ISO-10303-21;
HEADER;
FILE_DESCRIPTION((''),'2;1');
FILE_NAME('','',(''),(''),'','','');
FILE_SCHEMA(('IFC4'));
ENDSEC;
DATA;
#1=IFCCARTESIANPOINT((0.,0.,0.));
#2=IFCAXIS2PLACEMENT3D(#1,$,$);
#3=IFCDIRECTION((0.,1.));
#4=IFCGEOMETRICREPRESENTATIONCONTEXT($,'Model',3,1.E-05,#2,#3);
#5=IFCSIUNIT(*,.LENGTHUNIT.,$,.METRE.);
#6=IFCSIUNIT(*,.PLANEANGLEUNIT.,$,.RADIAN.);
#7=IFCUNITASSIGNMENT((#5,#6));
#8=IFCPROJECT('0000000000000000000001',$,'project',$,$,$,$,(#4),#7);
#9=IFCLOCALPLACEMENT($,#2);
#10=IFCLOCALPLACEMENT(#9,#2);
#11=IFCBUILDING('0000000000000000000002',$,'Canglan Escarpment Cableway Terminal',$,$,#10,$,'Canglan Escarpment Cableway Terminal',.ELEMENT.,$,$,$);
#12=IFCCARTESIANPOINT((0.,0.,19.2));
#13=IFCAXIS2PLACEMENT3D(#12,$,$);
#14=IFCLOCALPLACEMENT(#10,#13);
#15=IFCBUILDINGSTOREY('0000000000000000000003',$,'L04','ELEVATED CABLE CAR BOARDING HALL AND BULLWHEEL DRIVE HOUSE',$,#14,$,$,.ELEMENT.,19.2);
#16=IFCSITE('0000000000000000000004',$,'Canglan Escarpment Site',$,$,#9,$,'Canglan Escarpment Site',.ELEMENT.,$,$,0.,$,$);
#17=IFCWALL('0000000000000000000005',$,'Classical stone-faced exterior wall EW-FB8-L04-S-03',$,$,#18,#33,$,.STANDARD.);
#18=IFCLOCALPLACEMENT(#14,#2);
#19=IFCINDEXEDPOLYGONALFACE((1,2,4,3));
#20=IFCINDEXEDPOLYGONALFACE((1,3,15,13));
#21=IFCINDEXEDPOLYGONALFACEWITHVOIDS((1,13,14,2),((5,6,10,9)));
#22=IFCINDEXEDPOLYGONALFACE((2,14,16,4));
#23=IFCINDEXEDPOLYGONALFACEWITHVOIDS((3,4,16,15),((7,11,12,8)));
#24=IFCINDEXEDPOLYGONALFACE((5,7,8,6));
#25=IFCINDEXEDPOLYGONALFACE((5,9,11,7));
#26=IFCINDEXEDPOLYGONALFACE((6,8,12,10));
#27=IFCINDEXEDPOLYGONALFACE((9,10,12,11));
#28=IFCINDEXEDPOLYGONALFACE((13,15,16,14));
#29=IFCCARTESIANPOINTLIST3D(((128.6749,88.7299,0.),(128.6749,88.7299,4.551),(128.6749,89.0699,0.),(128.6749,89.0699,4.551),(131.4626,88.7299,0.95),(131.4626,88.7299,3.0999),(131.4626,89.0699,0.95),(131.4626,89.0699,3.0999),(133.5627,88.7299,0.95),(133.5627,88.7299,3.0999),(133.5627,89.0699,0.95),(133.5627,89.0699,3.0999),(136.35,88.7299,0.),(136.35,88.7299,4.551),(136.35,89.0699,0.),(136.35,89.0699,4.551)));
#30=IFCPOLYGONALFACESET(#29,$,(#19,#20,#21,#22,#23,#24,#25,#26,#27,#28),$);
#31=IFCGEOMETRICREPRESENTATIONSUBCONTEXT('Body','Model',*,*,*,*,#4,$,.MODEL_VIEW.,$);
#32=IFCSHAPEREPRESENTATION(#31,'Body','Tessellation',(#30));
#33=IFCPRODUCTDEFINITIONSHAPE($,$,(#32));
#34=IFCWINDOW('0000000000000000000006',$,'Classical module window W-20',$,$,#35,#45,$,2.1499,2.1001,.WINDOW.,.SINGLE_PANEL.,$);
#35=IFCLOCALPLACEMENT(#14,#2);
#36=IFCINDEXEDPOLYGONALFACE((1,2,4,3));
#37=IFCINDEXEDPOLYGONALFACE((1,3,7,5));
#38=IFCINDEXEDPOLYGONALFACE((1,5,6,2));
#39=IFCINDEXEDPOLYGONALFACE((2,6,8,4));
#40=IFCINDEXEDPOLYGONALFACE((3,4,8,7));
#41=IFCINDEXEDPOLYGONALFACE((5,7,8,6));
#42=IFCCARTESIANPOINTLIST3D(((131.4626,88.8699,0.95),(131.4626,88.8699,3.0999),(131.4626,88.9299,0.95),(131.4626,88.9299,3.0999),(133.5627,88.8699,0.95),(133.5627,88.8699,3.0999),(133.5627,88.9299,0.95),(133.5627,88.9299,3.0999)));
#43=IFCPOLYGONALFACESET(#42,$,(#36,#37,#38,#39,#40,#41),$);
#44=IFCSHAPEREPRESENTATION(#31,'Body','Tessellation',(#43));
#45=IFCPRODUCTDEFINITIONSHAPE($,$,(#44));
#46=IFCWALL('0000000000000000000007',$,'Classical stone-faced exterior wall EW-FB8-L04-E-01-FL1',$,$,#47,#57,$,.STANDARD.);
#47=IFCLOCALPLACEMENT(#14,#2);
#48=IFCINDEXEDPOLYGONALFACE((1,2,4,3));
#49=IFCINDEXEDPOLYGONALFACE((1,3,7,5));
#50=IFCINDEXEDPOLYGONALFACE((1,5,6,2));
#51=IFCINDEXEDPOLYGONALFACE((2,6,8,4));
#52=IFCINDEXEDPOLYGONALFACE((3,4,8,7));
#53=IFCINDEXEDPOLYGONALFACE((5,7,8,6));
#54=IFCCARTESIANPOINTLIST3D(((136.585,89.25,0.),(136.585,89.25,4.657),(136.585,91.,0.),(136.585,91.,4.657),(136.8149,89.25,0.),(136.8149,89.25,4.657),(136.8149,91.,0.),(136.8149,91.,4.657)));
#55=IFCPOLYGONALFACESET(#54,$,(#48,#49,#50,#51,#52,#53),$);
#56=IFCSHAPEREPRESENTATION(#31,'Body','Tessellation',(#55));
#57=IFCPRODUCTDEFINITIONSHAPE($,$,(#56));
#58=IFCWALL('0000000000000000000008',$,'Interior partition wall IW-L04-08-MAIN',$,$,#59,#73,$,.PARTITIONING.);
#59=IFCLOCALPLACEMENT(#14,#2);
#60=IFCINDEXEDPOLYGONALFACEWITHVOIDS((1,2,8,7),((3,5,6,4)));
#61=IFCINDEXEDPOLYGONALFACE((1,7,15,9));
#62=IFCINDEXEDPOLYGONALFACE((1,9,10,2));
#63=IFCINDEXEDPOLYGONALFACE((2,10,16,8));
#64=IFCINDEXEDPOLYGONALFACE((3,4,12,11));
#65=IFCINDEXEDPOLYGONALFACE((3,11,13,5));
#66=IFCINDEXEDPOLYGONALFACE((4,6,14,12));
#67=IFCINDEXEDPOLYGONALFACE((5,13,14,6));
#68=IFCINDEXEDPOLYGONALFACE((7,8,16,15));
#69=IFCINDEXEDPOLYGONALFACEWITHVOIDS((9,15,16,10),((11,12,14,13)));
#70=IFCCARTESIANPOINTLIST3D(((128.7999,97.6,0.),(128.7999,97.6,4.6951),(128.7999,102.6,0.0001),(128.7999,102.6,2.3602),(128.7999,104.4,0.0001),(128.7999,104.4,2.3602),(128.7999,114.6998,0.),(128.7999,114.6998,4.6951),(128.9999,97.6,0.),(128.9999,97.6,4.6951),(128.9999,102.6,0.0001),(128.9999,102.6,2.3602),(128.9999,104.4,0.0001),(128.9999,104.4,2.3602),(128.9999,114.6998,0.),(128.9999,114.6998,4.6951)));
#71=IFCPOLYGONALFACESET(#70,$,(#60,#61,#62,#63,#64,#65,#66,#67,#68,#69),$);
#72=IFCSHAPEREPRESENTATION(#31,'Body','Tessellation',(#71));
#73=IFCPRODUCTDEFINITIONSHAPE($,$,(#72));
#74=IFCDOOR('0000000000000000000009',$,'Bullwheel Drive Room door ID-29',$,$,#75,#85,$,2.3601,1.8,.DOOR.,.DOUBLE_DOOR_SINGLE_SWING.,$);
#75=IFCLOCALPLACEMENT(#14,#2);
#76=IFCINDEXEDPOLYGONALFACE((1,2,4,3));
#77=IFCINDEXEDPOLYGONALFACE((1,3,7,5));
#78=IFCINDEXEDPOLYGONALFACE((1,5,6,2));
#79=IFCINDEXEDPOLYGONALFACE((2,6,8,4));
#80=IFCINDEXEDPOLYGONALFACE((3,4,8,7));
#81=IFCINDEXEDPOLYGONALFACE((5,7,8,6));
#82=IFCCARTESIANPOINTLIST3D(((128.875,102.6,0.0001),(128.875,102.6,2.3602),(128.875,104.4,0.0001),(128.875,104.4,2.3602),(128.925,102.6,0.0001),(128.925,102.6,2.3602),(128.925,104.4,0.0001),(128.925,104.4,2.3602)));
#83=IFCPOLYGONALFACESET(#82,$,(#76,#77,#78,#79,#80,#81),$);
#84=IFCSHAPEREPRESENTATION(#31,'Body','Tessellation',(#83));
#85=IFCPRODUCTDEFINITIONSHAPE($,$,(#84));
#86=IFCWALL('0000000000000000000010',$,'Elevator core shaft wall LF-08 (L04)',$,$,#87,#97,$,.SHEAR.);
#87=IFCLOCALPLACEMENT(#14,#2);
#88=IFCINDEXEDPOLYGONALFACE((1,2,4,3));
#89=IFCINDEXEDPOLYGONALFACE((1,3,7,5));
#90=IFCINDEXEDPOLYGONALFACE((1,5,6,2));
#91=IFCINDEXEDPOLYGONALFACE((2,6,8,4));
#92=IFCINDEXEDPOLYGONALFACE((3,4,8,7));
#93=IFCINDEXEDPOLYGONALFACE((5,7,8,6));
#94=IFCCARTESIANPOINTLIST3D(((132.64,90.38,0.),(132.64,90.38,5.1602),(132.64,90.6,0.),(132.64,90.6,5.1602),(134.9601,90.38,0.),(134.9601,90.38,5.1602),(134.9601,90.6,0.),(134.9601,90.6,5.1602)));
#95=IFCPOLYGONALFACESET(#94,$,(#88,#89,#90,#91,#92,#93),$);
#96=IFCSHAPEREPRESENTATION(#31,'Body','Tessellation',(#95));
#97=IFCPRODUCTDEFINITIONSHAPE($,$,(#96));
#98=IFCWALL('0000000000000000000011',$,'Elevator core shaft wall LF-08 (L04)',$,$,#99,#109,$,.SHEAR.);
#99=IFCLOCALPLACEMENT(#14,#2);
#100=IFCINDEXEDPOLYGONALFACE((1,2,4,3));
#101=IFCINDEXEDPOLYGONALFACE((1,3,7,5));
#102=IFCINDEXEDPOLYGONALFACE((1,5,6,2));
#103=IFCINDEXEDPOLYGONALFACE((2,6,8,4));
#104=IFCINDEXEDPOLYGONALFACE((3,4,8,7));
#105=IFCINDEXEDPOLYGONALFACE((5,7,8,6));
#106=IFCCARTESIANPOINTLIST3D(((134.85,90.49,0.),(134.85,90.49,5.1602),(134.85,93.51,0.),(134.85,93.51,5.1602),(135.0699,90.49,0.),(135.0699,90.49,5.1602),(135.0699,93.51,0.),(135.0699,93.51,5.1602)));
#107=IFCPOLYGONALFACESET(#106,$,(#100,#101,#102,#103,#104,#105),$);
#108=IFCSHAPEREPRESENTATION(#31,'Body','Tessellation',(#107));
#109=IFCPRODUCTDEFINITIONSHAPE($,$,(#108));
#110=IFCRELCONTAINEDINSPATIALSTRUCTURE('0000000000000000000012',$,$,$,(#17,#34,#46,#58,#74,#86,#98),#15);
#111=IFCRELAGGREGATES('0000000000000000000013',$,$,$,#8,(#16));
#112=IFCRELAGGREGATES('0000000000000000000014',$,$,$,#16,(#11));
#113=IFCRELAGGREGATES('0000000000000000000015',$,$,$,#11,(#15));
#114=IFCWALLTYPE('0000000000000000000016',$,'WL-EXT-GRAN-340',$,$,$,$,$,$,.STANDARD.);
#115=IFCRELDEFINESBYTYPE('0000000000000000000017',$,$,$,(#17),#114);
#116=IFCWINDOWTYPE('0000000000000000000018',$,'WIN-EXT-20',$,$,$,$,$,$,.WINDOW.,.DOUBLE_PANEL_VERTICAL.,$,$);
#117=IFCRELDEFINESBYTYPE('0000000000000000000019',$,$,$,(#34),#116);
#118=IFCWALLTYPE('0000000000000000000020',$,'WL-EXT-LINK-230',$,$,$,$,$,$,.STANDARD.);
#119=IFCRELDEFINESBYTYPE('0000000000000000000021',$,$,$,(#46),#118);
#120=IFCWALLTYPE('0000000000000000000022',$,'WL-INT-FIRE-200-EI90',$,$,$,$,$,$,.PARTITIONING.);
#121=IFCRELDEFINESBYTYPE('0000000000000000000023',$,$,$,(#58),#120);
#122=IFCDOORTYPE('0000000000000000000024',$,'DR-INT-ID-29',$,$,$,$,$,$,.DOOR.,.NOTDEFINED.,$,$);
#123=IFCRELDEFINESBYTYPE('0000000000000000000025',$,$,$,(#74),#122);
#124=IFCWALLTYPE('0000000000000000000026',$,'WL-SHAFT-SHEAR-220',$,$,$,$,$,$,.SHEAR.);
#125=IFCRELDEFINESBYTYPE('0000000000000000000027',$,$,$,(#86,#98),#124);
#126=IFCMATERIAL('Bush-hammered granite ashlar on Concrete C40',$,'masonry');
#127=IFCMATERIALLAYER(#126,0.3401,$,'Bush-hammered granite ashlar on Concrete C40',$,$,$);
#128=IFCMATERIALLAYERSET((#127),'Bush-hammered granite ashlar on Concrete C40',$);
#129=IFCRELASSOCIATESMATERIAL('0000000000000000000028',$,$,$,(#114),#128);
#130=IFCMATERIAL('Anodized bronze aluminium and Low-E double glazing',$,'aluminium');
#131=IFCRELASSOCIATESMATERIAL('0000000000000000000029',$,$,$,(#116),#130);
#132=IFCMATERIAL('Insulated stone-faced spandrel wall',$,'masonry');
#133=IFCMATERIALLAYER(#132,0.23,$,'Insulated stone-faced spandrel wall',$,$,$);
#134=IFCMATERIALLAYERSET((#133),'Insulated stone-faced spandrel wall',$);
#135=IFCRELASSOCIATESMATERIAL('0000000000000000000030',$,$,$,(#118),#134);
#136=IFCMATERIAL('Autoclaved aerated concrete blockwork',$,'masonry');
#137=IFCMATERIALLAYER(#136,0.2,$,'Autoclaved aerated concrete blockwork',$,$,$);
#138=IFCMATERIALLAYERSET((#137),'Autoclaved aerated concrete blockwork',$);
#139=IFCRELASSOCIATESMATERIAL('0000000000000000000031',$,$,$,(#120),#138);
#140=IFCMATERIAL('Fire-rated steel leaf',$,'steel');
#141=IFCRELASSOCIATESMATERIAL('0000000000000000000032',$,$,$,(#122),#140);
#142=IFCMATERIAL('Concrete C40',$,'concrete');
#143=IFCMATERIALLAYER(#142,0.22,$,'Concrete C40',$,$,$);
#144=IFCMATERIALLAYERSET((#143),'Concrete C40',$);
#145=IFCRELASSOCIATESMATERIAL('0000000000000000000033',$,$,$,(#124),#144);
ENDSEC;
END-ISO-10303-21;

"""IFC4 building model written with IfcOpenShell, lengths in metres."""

from ifc_helpers import new_model, si_unit, direction, frame, frame_2d, origin, place, context, subcontext, project, spatial, rectangle, extrude, material, layer, layer_set, type_object, element, fill, save


model = new_model("IFC4")

# Units and contexts
model_context = context("Model", 3, precision=1e-05, world=origin(), true_north=direction((0.0, 1.0)))
body_context = subcontext(model_context, "Body", "Model", "MODEL_VIEW")
ifc_project = project(units=[si_unit("LENGTHUNIT", "METRE"), si_unit("PLANEANGLEUNIT", "RADIAN")], contexts=[model_context])

# Site, building, storey
site_placement = place(None, origin())
site = spatial("IfcSite", under=ifc_project, at=site_placement, Name="Canglan Escarpment Site", LongName="Canglan Escarpment Site", CompositionType="ELEMENT", RefElevation=0.0)
building_placement = place(site_placement, origin())
building = spatial("IfcBuilding", under=site, at=building_placement, Name="Canglan Escarpment Cableway Terminal", LongName="Canglan Escarpment Cableway Terminal", CompositionType="ELEMENT")
storey_placement = place(building_placement, frame((0.0, 0.0, 19.2)))
storey = spatial("IfcBuildingStorey", under=building, at=storey_placement, Name="L04", Description="ELEVATED CABLE CAR BOARDING HALL AND BULLWHEEL DRIVE HOUSE", CompositionType="ELEMENT", Elevation=19.2)

# Shared definitions
ifc_material_1 = material(Name="Concrete C40", Category="concrete")

# Wall, opening, window
ifc_material_2 = material(Name="Bush-hammered granite ashlar on Concrete C40", Category="masonry")
ifc_layer_1 = layer(ifc_material_2, 0.3401, Name="Bush-hammered granite ashlar on Concrete C40")
ifc_layer_set_1 = layer_set([ifc_layer_1], Name="Bush-hammered granite ashlar on Concrete C40")
wall_type_1 = type_object("IfcWallType", Name="WL-EXT-GRAN-340", PredefinedType="STANDARD", material=ifc_layer_set_1)
wall_1_placement = place(storey_placement, frame((128.675, 88.8999, 0.0), z_axis=(0.0, 0.0, 1.0), x_axis=(1.0, 0.0, 0.0)))
wall_1 = element("IfcWall", 1, at=wall_1_placement, inside=storey, type_object=wall_type_1, Name="Classical stone-faced exterior wall EW-FB8-L04-S-03", PredefinedType="STANDARD", context=body_context, shape_type="SweptSolid", body=[
    extrude(rectangle(XDim=7.675, YDim=0.3401, at=frame_2d((3.8374, 0.0))), origin(), (0.0, 0.0, 1.0), 4.551),
])
opening_1_placement = place(wall_1_placement, frame((2.7876, 0.0, 0.95)))
opening_1 = element("IfcOpeningElement", 2, at=opening_1_placement, cuts=wall_1, PredefinedType="OPENING", context=body_context, shape_type="SweptSolid", body=[
    extrude(rectangle(XDim=2.1001, YDim=2.1499, at=frame_2d((1.05, 1.075))), frame((0.0, 0.1802, 0.0), z_axis=(0.0, -1.0, 0.0), x_axis=(1.0, 0.0, 0.0)), (0.0, 0.0, 1.0), 0.3601),
])
ifc_material_3 = material(Name="Anodized bronze aluminium and Low-E double glazing", Category="aluminium")
window_type = type_object("IfcWindowType", Name="WIN-EXT-20", PartitioningType="DOUBLE_PANEL_VERTICAL", PredefinedType="WINDOW", material=ifc_material_3)
window_placement = place(opening_1_placement, origin())
window = element("IfcWindow", 3, at=window_placement, inside=storey, type_object=window_type, Name="Classical module window W-20", OverallHeight=2.1499, OverallWidth=2.1001, PartitioningType="SINGLE_PANEL", PredefinedType="WINDOW", context=body_context, shape_type="SweptSolid", body=[
    extrude(rectangle(XDim=2.1001, YDim=2.1499, at=frame_2d((1.05, 1.075))), frame((0.0, 0.03, 0.0), z_axis=(0.0, -1.0, 0.0), x_axis=(1.0, 0.0, 0.0)), (0.0, 0.0, 1.0), 0.0601),
])
fill(opening_1, window)

# Wall
ifc_material_4 = material(Name="Insulated stone-faced spandrel wall", Category="masonry")
ifc_layer_2 = layer(ifc_material_4, 0.23, Name="Insulated stone-faced spandrel wall")
ifc_layer_set_2 = layer_set([ifc_layer_2], Name="Insulated stone-faced spandrel wall")
wall_type_2 = type_object("IfcWallType", Name="WL-EXT-LINK-230", PredefinedType="STANDARD", material=ifc_layer_set_2)
wall_2_placement = place(storey_placement, frame((136.7, 89.25, 0.0), z_axis=(0.0, 0.0, 1.0), x_axis=(0.0, 1.0, 0.0)))
element("IfcWall", 4, at=wall_2_placement, inside=storey, type_object=wall_type_2, Name="Classical stone-faced exterior wall EW-FB8-L04-E-01-FL1", PredefinedType="STANDARD", context=body_context, shape_type="SweptSolid", body=[
    extrude(rectangle(XDim=1.75, YDim=0.23, at=frame_2d((0.875, 0.0))), origin(), (0.0, 0.0, 1.0), 4.657),
])

# Wall, opening, door
ifc_material_5 = material(Name="Autoclaved aerated concrete blockwork", Category="masonry")
ifc_layer_3 = layer(ifc_material_5, 0.2, Name="Autoclaved aerated concrete blockwork")
ifc_layer_set_3 = layer_set([ifc_layer_3], Name="Autoclaved aerated concrete blockwork")
wall_type_3 = type_object("IfcWallType", Name="WL-INT-FIRE-200-EI90", PredefinedType="PARTITIONING", material=ifc_layer_set_3)
wall_3_placement = place(storey_placement, frame((128.8999, 97.6001, 0.0), z_axis=(0.0, 0.0, 1.0), x_axis=(0.0, 1.0, 0.0)))
wall_3 = element("IfcWall", 5, at=wall_3_placement, inside=storey, type_object=wall_type_3, Name="Interior partition wall IW-L04-08-MAIN", PredefinedType="PARTITIONING", context=body_context, shape_type="SweptSolid", body=[
    extrude(rectangle(XDim=17.0999, YDim=0.2, at=frame_2d((8.5498, 0.0))), origin(), (0.0, 0.0, 1.0), 4.6951),
])
opening_2_placement = place(wall_3_placement, frame((5.0, 0.0, 0.0)))
opening_2 = element("IfcOpeningElement", 6, at=opening_2_placement, cuts=wall_3, PredefinedType="OPENING", context=body_context, shape_type="SweptSolid", body=[
    extrude(rectangle(XDim=1.8, YDim=2.3601, at=frame_2d((0.8999, 1.1802))), frame((0.0, 0.1099, 0.0), z_axis=(0.0, -1.0, 0.0), x_axis=(1.0, 0.0, 0.0)), (0.0, 0.0, 1.0), 0.22),
])
ifc_material_6 = material(Name="Fire-rated steel leaf", Category="steel")
door_type_1 = type_object("IfcDoorType", Name="DR-INT-ID-29", OperationType="NOTDEFINED", PredefinedType="DOOR", material=ifc_material_6)
door_1_placement = place(opening_2_placement, origin())
door_1 = element("IfcDoor", 7, at=door_1_placement, inside=storey, type_object=door_type_1, Name="Bullwheel Drive Room door ID-29", OperationType="DOUBLE_DOOR_SINGLE_SWING", OverallHeight=2.3601, OverallWidth=1.8, PredefinedType="DOOR", context=body_context, shape_type="SweptSolid", body=[
    extrude(rectangle(XDim=1.8, YDim=2.3601, at=frame_2d((0.8999, 1.1802))), frame((0.0, 0.0249, 0.0), z_axis=(0.0, -1.0, 0.0), x_axis=(1.0, 0.0, 0.0)), (0.0, 0.0, 1.0), 0.05),
])
fill(opening_2, door_1)

# Walls
ifc_layer_4 = layer(ifc_material_1, 0.22, Name="Concrete C40")
ifc_layer_set_4 = layer_set([ifc_layer_4], Name="Concrete C40")
wall_type_4 = type_object("IfcWallType", Name="WL-SHAFT-SHEAR-220", PredefinedType="SHEAR", material=ifc_layer_set_4)
wall_4_placement = place(storey_placement, frame((132.6399, 90.49, 0.0), z_axis=(0.0, 0.0, 1.0), x_axis=(1.0, 0.0, 0.0)))
element("IfcWall", 8, at=wall_4_placement, inside=storey, type_object=wall_type_4, Name="Elevator core shaft wall LF-08 (L04)", PredefinedType="SHEAR", context=body_context, shape_type="SweptSolid", body=[
    extrude(rectangle(XDim=2.3201, YDim=0.22, at=frame_2d((1.1602, 0.0))), origin(), (0.0, 0.0, 1.0), 5.1602),
])
wall_5_placement = place(storey_placement, frame((134.96, 90.49, 0.0), z_axis=(0.0, 0.0, 1.0), x_axis=(0.0, 1.0, 0.0)))
element("IfcWall", 9, at=wall_5_placement, inside=storey, type_object=wall_type_4, Name="Elevator core shaft wall LF-08 (L04)", PredefinedType="SHEAR", context=body_context, shape_type="SweptSolid", body=[
    extrude(rectangle(XDim=3.02, YDim=0.22, at=frame_2d((1.51, 0.0))), origin(), (0.0, 0.0, 1.0), 5.1602),
])

save(model, "model.ifc")
